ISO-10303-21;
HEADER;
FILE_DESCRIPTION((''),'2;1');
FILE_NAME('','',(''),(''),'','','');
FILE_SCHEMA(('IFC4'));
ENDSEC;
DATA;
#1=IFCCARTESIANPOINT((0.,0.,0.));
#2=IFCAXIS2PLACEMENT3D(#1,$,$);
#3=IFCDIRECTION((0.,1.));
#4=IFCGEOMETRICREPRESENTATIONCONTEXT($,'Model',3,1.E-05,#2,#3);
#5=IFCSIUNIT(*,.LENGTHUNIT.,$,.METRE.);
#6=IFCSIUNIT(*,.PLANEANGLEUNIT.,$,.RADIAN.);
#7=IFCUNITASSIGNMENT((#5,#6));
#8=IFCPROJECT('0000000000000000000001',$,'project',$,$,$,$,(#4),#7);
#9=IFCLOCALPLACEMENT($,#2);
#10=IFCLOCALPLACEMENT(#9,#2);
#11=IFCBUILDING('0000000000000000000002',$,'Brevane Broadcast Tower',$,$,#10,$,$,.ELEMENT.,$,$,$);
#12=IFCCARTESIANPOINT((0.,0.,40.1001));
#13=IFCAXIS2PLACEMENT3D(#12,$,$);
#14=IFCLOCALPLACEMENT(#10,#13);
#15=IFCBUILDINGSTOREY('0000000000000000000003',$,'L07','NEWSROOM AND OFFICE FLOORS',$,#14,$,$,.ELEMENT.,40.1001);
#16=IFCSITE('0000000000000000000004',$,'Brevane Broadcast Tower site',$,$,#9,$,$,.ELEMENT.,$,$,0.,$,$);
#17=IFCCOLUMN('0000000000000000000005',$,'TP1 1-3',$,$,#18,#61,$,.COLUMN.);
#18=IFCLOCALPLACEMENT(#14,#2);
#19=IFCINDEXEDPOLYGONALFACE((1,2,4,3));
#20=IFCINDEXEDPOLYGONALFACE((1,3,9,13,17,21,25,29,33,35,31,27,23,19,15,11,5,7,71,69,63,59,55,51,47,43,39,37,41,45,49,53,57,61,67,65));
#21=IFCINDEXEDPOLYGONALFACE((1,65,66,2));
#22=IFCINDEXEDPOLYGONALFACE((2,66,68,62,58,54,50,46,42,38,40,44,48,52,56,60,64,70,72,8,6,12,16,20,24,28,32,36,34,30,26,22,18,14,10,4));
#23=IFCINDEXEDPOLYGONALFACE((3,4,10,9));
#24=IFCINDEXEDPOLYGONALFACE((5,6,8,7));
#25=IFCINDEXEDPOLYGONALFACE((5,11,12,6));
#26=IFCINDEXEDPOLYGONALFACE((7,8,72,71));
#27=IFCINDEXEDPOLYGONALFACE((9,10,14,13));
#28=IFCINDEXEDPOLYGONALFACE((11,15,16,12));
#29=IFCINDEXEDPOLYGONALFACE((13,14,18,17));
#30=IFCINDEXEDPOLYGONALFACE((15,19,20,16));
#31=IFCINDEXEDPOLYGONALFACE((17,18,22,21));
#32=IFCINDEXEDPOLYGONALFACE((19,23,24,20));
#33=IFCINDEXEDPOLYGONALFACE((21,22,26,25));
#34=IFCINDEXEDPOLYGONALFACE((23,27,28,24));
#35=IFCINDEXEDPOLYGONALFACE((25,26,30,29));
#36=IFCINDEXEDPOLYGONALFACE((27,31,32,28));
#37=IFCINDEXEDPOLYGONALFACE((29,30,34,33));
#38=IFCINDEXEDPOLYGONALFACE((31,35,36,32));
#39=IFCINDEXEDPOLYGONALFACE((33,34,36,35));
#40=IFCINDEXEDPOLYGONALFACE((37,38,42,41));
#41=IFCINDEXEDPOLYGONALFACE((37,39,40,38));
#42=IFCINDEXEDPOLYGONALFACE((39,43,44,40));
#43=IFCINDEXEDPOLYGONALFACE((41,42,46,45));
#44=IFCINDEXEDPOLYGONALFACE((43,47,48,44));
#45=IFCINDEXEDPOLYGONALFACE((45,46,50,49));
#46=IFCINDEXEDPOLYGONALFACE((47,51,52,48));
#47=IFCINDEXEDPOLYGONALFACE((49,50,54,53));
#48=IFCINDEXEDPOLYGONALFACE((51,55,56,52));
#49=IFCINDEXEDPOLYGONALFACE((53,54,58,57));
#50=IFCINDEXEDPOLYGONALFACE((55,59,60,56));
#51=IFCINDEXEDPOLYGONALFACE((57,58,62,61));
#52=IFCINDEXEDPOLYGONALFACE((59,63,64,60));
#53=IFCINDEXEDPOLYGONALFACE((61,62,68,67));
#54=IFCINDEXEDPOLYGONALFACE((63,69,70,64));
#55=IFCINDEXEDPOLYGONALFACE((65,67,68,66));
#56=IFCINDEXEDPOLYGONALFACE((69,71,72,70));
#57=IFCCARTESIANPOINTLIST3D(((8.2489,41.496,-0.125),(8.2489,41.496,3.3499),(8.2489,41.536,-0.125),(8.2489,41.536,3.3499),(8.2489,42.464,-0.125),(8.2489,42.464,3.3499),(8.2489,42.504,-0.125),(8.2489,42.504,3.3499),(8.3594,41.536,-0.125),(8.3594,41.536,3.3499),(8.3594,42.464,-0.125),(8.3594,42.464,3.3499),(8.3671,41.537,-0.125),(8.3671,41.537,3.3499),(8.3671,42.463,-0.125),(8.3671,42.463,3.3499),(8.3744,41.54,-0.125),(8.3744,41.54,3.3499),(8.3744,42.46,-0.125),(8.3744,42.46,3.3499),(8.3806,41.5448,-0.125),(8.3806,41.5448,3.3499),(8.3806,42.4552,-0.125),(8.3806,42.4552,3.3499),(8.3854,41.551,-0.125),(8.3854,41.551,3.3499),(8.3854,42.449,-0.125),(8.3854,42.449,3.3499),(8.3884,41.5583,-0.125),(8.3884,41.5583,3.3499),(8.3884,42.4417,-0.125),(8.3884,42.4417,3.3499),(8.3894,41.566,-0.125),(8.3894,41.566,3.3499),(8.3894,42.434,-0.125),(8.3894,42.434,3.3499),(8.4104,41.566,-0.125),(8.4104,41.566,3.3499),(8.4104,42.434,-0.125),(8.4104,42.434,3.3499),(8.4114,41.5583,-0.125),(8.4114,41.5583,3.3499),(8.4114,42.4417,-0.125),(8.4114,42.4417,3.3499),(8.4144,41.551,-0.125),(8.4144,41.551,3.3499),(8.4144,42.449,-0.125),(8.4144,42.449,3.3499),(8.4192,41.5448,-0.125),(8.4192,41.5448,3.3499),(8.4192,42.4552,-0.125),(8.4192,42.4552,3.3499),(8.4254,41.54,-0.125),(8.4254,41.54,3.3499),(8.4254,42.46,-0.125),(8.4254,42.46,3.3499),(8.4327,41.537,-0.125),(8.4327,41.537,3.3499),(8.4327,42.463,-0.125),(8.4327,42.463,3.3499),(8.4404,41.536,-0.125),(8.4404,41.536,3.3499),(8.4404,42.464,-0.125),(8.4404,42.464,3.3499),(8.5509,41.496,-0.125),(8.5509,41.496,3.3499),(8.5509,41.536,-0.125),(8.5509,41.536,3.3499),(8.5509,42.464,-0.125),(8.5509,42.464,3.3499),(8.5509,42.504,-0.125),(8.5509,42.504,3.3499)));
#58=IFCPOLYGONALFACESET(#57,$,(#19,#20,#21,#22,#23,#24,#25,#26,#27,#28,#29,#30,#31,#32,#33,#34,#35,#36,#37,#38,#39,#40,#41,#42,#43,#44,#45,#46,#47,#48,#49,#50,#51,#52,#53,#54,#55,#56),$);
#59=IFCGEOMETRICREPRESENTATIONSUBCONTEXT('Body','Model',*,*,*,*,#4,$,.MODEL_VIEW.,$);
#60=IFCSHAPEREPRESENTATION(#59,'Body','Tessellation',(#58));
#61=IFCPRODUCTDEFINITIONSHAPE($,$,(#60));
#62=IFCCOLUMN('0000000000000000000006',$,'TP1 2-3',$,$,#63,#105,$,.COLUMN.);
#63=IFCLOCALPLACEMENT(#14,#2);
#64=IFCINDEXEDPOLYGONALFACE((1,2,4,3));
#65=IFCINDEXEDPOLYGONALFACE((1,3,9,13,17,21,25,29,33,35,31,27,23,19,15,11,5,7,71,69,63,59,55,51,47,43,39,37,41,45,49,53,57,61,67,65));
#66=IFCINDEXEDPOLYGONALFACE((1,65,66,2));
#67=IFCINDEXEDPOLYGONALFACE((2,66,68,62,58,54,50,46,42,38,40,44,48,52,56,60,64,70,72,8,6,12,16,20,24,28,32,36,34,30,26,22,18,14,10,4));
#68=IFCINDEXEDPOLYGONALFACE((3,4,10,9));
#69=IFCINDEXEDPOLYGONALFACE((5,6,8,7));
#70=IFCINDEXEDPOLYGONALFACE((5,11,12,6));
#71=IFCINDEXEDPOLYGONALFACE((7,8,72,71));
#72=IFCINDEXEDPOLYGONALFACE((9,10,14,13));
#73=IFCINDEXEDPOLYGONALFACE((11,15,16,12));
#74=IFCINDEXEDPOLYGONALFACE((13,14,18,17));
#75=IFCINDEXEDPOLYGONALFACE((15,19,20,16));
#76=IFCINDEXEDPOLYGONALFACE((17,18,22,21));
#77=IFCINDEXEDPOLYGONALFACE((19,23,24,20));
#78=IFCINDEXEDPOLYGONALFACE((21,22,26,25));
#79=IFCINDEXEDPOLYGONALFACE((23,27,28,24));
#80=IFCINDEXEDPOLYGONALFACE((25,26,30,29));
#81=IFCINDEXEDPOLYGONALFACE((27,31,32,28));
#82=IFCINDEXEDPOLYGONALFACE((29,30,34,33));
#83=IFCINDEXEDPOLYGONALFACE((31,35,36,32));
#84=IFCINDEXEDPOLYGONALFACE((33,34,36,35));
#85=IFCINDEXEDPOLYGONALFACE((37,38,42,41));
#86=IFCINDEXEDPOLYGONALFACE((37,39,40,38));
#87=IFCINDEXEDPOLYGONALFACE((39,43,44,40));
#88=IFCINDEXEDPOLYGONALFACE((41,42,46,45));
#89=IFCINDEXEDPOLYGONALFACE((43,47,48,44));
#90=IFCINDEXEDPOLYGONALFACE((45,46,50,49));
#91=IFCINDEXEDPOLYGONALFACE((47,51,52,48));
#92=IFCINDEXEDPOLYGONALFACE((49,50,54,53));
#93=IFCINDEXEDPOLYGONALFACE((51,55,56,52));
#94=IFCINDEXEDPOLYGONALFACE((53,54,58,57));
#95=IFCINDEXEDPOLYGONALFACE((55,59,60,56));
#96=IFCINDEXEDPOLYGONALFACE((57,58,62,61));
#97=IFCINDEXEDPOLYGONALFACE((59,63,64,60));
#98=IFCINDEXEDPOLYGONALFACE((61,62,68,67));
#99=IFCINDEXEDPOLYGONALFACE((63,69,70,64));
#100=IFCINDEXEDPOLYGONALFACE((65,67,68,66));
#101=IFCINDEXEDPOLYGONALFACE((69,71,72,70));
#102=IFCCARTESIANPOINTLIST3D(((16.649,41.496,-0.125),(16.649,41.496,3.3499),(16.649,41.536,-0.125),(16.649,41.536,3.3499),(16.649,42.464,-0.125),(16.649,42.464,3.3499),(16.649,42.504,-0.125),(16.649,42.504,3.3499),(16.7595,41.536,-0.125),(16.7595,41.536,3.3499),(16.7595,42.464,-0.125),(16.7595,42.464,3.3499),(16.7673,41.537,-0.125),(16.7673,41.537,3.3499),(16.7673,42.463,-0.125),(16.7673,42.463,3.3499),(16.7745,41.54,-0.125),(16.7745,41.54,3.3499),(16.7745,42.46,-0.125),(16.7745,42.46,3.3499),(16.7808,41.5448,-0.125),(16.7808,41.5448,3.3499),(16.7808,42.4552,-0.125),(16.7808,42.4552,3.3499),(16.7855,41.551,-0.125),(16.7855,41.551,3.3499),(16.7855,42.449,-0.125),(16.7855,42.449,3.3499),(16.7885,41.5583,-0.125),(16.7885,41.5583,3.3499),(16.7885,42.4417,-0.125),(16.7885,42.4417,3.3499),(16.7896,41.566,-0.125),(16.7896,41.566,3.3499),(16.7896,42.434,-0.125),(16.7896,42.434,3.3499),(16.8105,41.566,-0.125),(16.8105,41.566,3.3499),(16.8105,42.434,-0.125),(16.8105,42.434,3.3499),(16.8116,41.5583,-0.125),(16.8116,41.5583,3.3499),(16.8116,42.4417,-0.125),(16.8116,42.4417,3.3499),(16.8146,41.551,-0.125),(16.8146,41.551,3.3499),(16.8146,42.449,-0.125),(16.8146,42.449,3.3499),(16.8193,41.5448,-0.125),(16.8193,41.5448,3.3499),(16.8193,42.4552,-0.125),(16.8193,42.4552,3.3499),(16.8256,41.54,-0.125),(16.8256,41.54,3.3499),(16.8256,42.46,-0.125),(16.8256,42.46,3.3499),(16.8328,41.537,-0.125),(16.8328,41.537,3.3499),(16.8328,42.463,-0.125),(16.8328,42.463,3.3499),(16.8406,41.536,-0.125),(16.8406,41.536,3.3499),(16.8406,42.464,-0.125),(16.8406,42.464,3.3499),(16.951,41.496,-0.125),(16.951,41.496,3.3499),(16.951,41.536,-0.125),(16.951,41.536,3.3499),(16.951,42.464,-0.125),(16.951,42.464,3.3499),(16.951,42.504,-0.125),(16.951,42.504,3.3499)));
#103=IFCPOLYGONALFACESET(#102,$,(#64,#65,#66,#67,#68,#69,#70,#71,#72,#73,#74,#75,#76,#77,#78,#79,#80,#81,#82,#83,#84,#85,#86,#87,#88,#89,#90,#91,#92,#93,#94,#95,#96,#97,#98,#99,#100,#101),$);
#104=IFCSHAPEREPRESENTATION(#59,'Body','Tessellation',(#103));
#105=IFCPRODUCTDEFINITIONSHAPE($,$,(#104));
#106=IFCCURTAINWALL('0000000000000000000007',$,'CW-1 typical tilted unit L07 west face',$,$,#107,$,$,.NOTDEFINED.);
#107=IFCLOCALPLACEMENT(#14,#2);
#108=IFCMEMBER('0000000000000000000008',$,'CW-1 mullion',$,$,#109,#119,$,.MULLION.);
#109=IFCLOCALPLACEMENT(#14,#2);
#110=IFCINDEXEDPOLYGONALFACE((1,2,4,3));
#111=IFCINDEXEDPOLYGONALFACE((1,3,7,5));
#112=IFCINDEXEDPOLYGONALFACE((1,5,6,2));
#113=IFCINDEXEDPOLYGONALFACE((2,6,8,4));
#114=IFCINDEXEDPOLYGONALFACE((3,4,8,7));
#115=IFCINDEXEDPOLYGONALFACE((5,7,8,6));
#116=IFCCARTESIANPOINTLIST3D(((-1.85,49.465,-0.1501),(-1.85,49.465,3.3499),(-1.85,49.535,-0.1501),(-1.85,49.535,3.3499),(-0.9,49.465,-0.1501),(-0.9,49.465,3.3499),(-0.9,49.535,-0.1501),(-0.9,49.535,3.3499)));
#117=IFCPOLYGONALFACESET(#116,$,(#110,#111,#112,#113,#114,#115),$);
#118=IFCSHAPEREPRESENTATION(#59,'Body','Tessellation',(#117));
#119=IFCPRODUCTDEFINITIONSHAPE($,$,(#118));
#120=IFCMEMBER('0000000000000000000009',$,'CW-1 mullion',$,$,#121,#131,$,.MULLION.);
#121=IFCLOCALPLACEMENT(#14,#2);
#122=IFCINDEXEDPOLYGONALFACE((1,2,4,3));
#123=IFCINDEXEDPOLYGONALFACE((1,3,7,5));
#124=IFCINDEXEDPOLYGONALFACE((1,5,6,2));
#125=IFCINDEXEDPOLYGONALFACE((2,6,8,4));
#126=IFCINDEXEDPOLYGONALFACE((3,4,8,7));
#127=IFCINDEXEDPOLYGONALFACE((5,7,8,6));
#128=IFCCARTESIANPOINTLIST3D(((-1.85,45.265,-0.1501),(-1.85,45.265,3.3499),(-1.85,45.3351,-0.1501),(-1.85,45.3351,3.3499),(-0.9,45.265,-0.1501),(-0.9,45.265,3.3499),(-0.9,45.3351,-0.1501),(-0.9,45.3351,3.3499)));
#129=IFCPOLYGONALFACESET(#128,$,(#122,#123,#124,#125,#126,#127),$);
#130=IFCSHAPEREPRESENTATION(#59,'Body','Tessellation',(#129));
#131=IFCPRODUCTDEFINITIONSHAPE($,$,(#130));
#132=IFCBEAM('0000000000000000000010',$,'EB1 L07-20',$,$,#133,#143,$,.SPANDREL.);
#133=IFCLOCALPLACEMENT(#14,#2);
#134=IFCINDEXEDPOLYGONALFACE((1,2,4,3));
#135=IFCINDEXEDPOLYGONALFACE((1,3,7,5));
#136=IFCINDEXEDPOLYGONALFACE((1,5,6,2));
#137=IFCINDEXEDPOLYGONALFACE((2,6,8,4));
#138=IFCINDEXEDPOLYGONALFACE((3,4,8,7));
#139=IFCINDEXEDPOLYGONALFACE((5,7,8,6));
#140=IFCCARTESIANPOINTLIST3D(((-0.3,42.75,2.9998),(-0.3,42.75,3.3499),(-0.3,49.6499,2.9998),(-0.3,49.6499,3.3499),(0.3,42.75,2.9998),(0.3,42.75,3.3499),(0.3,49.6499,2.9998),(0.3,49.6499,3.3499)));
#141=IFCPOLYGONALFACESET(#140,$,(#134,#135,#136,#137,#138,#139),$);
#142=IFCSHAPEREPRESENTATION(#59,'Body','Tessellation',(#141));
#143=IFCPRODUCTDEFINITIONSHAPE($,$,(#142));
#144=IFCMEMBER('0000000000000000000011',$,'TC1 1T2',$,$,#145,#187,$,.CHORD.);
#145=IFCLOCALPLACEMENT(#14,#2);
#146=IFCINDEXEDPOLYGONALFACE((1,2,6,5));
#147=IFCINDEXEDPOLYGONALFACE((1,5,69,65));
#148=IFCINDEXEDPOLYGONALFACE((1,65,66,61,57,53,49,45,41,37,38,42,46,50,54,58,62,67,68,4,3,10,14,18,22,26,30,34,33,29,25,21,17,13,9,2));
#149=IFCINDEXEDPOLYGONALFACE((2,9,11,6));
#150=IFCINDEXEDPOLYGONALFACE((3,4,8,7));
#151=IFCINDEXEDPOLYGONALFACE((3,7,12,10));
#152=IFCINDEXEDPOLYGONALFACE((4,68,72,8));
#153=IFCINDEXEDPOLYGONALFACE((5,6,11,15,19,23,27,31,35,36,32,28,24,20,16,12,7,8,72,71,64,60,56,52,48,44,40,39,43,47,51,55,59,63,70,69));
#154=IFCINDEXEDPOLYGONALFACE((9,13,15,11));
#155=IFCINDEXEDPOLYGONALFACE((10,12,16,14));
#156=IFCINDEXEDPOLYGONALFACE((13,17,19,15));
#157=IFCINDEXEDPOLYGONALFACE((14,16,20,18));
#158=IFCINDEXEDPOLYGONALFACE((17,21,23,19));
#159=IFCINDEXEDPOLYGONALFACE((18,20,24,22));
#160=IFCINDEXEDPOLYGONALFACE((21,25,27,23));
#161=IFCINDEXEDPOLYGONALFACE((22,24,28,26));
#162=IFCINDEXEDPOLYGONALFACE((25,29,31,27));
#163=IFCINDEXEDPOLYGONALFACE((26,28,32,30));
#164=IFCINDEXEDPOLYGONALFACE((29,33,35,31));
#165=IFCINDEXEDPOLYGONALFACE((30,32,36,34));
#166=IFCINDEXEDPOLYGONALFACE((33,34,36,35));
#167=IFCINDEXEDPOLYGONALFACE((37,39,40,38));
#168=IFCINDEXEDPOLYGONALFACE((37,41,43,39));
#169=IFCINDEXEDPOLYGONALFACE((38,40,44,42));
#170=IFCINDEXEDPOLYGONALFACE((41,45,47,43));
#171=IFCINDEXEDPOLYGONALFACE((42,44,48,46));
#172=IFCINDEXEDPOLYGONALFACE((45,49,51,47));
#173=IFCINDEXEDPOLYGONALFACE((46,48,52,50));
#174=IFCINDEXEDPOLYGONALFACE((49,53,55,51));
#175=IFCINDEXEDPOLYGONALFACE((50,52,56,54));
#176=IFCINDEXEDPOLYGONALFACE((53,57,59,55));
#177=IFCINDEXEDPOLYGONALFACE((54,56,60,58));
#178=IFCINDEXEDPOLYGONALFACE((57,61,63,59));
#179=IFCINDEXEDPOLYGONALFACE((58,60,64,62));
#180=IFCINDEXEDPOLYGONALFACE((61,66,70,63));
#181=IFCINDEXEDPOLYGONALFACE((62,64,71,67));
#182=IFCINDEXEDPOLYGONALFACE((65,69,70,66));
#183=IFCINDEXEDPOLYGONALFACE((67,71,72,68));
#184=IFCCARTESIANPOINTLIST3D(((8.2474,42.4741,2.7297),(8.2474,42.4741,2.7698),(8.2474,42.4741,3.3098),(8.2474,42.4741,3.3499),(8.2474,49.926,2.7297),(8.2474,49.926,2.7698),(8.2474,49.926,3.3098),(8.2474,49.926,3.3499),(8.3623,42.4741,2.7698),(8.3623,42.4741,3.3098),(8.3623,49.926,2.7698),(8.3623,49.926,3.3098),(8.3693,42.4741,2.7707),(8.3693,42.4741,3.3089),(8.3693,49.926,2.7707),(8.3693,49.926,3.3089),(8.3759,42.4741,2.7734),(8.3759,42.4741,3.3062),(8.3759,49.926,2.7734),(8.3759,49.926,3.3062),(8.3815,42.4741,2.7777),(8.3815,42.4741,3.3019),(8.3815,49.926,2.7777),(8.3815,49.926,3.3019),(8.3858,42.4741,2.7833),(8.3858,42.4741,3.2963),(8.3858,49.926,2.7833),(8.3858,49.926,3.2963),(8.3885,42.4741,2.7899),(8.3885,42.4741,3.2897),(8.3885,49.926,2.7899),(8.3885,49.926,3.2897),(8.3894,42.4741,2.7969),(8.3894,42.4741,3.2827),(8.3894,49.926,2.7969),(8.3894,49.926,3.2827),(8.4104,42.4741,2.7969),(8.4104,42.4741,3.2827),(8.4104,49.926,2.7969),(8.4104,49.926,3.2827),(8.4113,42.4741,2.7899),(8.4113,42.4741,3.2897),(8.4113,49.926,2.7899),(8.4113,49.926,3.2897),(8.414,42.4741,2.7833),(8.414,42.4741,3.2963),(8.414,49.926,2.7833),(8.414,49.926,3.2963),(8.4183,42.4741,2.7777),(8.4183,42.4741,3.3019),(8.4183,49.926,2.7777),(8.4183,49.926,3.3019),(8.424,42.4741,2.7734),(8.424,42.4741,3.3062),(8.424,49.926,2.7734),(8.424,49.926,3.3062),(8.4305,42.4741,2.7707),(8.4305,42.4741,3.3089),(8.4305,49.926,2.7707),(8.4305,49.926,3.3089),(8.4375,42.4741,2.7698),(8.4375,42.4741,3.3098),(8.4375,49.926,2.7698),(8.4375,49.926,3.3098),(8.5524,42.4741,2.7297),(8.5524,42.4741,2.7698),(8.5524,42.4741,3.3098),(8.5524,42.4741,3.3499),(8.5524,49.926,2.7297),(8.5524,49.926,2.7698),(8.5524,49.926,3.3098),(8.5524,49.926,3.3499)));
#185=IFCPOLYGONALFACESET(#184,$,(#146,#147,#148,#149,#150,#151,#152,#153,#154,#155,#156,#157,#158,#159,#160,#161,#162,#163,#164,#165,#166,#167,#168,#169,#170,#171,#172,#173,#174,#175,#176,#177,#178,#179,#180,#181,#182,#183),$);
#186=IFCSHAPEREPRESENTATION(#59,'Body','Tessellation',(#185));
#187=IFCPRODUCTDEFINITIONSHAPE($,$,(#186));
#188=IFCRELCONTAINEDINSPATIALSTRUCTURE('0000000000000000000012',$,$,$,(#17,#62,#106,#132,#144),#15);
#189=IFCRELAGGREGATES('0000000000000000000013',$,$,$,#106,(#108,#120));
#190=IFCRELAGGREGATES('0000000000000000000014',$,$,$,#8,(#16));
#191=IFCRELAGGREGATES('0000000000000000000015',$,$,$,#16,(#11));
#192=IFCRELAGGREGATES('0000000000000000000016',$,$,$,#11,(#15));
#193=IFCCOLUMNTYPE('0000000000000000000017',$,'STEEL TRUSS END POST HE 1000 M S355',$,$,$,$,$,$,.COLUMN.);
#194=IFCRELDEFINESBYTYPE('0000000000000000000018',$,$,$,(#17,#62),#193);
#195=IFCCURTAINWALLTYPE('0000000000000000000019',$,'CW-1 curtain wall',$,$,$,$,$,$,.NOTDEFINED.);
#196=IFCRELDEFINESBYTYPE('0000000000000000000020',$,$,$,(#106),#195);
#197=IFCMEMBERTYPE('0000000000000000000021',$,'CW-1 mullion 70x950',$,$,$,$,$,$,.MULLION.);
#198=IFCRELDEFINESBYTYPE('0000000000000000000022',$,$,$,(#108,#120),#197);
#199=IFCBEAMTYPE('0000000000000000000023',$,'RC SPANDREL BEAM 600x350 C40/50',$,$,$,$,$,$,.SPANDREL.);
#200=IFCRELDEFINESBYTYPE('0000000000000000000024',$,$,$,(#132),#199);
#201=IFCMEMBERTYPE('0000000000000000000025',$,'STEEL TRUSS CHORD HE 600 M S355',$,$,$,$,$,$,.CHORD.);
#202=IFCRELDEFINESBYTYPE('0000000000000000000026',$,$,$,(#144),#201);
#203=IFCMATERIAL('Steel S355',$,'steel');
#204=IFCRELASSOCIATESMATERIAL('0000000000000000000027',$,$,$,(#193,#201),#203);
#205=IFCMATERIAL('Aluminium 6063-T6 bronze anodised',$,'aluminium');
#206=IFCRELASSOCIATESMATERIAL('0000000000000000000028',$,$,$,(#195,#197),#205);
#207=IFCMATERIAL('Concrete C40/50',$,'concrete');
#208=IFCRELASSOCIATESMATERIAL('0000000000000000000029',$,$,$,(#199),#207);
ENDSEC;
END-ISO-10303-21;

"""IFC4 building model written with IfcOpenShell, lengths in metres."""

from ifc_helpers import new_model, si_unit, direction, frame, origin, origin_2d, place, context, subcontext, project, spatial, rectangle, i_section, extrude, material, material_profile, profile_set, type_object, element, aggregate, save


model = new_model("IFC4")

# Units and contexts
model_context = context("Model", 3, precision=1e-05, world=origin(), true_north=direction((0.0, 1.0)))
body_context = subcontext(model_context, "Body", "Model", "MODEL_VIEW")
ifc_project = project(units=[si_unit("LENGTHUNIT", "METRE"), si_unit("PLANEANGLEUNIT", "RADIAN")], contexts=[model_context])

# Site, building, storey
site_placement = place(None, origin())
site = spatial("IfcSite", under=ifc_project, at=site_placement, Name="Brevane Broadcast Tower site", CompositionType="ELEMENT", RefElevation=0.0)
building_placement = place(site_placement, origin())
building = spatial("IfcBuilding", under=site, at=building_placement, Name="Brevane Broadcast Tower", CompositionType="ELEMENT")
storey_placement = place(building_placement, frame((0.0, 0.0, 40.1001)))
storey = spatial("IfcBuildingStorey", under=building, at=storey_placement, Name="L07", Description="NEWSROOM AND OFFICE FLOORS", CompositionType="ELEMENT", Elevation=40.1001)

# Columns
ifc_material_1 = material(Name="Steel S355", Category="steel")
ifc_material_profile_1 = material_profile(ifc_material_1, i_section(OverallWidth=0.302, OverallDepth=1.0081, WebThickness=0.021, FlangeThickness=0.04, FilletRadius=0.03, at=origin_2d()), Name="HE 1000 M")
ifc_profile_set_1 = profile_set([ifc_material_profile_1], Name="Steel S355")
column_type = type_object("IfcColumnType", Name="STEEL TRUSS END POST HE 1000 M S355", PredefinedType="COLUMN", material=ifc_profile_set_1)
for number, where, z_axis, x_axis, name in (
    (1, (8.3999, 42.0, -0.125), (0.0, 0.0, 1.0), (1.0, 0.0, 0.0), "TP1 1-3"),
    (2, (16.8, 42.0, -0.125), (0.0, 0.0, 1.0), (1.0, 0.0, 0.0), "TP1 2-3"),
):
    element("IfcColumn", number, at=place(storey_placement, frame(where, z_axis=z_axis, x_axis=x_axis)), inside=storey, type_object=column_type, Name=name, PredefinedType="COLUMN", context=body_context, shape_type="SweptSolid", body=[
        extrude(i_section(OverallWidth=0.302, OverallDepth=1.0081, WebThickness=0.021, FlangeThickness=0.04, FilletRadius=0.03, at=origin_2d()), origin(), (0.0, 0.0, 1.0), 3.4749),
    ])

# Curtain wall, members
ifc_material_2 = material(Name="Aluminium 6063-T6 bronze anodised", Category="aluminium")
curtain_wall_type = type_object("IfcCurtainWallType", Name="CW-1 curtain wall", PredefinedType="NOTDEFINED", material=ifc_material_2)
curtain_wall_placement = place(storey_placement, origin())
curtain_wall = element("IfcCurtainWall", 3, at=curtain_wall_placement, inside=storey, type_object=curtain_wall_type, Name="CW-1 typical tilted unit L07 west face", PredefinedType="NOTDEFINED")
ifc_material_profile_2 = material_profile(ifc_material_2, rectangle(XDim=0.95, YDim=0.0701, at=origin_2d()), Name="RECT 70x950")
ifc_profile_set_2 = profile_set([ifc_material_profile_2], Name="Aluminium 6063-T6 bronze anodised")
member_type_1 = type_object("IfcMemberType", Name="CW-1 mullion 70x950", PredefinedType="MULLION", material=ifc_profile_set_2)
member_1_placement = place(storey_placement, frame((-1.375, 49.5, -0.1501), z_axis=(0.0, 0.0, 1.0), x_axis=(1.0, 0.0, 0.0)))
member_1 = element("IfcMember", 4, at=member_1_placement, type_object=member_type_1, Name="CW-1 mullion", PredefinedType="MULLION", context=body_context, shape_type="SweptSolid", body=[
    extrude(rectangle(XDim=0.95, YDim=0.0701, at=origin_2d()), origin(), (0.0, 0.0, 1.0), 3.5),
])
member_2_placement = place(storey_placement, frame((-1.375, 45.3, -0.1501), z_axis=(0.0, 0.0, 1.0), x_axis=(1.0, 0.0, 0.0)))
member_2 = element("IfcMember", 5, at=member_2_placement, type_object=member_type_1, Name="CW-1 mullion", PredefinedType="MULLION", context=body_context, shape_type="SweptSolid", body=[
    extrude(rectangle(XDim=0.95, YDim=0.0701, at=origin_2d()), origin(), (0.0, 0.0, 1.0), 3.5),
])
aggregate(curtain_wall, [member_1, member_2])

# Beam
ifc_material_3 = material(Name="Concrete C40/50", Category="concrete")
ifc_material_profile_3 = material_profile(ifc_material_3, rectangle(XDim=0.6001, YDim=0.3501, at=origin_2d()), Name="RC 600x350")
ifc_profile_set_3 = profile_set([ifc_material_profile_3], Name="Concrete C40/50")
beam_type = type_object("IfcBeamType", Name="RC SPANDREL BEAM 600x350 C40/50", PredefinedType="SPANDREL", material=ifc_profile_set_3)
beam_placement = place(storey_placement, frame((0.0, 49.6499, 3.1748), z_axis=(0.0, -1.0, 0.0), x_axis=(1.0, 0.0, 0.0)))
element("IfcBeam", 6, at=beam_placement, inside=storey, type_object=beam_type, Name="EB1 L07-20", PredefinedType="SPANDREL", context=body_context, shape_type="SweptSolid", body=[
    extrude(rectangle(XDim=0.6001, YDim=0.3501, at=origin_2d()), origin(), (0.0, 0.0, 1.0), 6.8999),
])

# Member
ifc_material_profile_4 = material_profile(ifc_material_1, i_section(OverallWidth=0.3049, OverallDepth=0.6201, WebThickness=0.021, FlangeThickness=0.04, FilletRadius=0.0271, at=origin_2d()), Name="HE 600 M")
ifc_profile_set_4 = profile_set([ifc_material_profile_4], Name="Steel S355")
member_type_2 = type_object("IfcMemberType", Name="STEEL TRUSS CHORD HE 600 M S355", PredefinedType="CHORD", material=ifc_profile_set_4)
for number, where, z_axis, x_axis, name in (
    (7, (8.3999, 42.4741, 3.0398), (0.0, 1.0, 0.0), (-1.0, 0.0, 0.0), "TC1 1T2"),
):
    element("IfcMember", number, at=place(storey_placement, frame(where, z_axis=z_axis, x_axis=x_axis)), inside=storey, type_object=member_type_2, Name=name, PredefinedType="CHORD", context=body_context, shape_type="SweptSolid", body=[
        extrude(i_section(OverallWidth=0.3049, OverallDepth=0.6201, WebThickness=0.021, FlangeThickness=0.04, FilletRadius=0.0271, at=origin_2d()), origin(), (0.0, 0.0, 1.0), 7.4519),
    ])

save(model, "model.ifc")
